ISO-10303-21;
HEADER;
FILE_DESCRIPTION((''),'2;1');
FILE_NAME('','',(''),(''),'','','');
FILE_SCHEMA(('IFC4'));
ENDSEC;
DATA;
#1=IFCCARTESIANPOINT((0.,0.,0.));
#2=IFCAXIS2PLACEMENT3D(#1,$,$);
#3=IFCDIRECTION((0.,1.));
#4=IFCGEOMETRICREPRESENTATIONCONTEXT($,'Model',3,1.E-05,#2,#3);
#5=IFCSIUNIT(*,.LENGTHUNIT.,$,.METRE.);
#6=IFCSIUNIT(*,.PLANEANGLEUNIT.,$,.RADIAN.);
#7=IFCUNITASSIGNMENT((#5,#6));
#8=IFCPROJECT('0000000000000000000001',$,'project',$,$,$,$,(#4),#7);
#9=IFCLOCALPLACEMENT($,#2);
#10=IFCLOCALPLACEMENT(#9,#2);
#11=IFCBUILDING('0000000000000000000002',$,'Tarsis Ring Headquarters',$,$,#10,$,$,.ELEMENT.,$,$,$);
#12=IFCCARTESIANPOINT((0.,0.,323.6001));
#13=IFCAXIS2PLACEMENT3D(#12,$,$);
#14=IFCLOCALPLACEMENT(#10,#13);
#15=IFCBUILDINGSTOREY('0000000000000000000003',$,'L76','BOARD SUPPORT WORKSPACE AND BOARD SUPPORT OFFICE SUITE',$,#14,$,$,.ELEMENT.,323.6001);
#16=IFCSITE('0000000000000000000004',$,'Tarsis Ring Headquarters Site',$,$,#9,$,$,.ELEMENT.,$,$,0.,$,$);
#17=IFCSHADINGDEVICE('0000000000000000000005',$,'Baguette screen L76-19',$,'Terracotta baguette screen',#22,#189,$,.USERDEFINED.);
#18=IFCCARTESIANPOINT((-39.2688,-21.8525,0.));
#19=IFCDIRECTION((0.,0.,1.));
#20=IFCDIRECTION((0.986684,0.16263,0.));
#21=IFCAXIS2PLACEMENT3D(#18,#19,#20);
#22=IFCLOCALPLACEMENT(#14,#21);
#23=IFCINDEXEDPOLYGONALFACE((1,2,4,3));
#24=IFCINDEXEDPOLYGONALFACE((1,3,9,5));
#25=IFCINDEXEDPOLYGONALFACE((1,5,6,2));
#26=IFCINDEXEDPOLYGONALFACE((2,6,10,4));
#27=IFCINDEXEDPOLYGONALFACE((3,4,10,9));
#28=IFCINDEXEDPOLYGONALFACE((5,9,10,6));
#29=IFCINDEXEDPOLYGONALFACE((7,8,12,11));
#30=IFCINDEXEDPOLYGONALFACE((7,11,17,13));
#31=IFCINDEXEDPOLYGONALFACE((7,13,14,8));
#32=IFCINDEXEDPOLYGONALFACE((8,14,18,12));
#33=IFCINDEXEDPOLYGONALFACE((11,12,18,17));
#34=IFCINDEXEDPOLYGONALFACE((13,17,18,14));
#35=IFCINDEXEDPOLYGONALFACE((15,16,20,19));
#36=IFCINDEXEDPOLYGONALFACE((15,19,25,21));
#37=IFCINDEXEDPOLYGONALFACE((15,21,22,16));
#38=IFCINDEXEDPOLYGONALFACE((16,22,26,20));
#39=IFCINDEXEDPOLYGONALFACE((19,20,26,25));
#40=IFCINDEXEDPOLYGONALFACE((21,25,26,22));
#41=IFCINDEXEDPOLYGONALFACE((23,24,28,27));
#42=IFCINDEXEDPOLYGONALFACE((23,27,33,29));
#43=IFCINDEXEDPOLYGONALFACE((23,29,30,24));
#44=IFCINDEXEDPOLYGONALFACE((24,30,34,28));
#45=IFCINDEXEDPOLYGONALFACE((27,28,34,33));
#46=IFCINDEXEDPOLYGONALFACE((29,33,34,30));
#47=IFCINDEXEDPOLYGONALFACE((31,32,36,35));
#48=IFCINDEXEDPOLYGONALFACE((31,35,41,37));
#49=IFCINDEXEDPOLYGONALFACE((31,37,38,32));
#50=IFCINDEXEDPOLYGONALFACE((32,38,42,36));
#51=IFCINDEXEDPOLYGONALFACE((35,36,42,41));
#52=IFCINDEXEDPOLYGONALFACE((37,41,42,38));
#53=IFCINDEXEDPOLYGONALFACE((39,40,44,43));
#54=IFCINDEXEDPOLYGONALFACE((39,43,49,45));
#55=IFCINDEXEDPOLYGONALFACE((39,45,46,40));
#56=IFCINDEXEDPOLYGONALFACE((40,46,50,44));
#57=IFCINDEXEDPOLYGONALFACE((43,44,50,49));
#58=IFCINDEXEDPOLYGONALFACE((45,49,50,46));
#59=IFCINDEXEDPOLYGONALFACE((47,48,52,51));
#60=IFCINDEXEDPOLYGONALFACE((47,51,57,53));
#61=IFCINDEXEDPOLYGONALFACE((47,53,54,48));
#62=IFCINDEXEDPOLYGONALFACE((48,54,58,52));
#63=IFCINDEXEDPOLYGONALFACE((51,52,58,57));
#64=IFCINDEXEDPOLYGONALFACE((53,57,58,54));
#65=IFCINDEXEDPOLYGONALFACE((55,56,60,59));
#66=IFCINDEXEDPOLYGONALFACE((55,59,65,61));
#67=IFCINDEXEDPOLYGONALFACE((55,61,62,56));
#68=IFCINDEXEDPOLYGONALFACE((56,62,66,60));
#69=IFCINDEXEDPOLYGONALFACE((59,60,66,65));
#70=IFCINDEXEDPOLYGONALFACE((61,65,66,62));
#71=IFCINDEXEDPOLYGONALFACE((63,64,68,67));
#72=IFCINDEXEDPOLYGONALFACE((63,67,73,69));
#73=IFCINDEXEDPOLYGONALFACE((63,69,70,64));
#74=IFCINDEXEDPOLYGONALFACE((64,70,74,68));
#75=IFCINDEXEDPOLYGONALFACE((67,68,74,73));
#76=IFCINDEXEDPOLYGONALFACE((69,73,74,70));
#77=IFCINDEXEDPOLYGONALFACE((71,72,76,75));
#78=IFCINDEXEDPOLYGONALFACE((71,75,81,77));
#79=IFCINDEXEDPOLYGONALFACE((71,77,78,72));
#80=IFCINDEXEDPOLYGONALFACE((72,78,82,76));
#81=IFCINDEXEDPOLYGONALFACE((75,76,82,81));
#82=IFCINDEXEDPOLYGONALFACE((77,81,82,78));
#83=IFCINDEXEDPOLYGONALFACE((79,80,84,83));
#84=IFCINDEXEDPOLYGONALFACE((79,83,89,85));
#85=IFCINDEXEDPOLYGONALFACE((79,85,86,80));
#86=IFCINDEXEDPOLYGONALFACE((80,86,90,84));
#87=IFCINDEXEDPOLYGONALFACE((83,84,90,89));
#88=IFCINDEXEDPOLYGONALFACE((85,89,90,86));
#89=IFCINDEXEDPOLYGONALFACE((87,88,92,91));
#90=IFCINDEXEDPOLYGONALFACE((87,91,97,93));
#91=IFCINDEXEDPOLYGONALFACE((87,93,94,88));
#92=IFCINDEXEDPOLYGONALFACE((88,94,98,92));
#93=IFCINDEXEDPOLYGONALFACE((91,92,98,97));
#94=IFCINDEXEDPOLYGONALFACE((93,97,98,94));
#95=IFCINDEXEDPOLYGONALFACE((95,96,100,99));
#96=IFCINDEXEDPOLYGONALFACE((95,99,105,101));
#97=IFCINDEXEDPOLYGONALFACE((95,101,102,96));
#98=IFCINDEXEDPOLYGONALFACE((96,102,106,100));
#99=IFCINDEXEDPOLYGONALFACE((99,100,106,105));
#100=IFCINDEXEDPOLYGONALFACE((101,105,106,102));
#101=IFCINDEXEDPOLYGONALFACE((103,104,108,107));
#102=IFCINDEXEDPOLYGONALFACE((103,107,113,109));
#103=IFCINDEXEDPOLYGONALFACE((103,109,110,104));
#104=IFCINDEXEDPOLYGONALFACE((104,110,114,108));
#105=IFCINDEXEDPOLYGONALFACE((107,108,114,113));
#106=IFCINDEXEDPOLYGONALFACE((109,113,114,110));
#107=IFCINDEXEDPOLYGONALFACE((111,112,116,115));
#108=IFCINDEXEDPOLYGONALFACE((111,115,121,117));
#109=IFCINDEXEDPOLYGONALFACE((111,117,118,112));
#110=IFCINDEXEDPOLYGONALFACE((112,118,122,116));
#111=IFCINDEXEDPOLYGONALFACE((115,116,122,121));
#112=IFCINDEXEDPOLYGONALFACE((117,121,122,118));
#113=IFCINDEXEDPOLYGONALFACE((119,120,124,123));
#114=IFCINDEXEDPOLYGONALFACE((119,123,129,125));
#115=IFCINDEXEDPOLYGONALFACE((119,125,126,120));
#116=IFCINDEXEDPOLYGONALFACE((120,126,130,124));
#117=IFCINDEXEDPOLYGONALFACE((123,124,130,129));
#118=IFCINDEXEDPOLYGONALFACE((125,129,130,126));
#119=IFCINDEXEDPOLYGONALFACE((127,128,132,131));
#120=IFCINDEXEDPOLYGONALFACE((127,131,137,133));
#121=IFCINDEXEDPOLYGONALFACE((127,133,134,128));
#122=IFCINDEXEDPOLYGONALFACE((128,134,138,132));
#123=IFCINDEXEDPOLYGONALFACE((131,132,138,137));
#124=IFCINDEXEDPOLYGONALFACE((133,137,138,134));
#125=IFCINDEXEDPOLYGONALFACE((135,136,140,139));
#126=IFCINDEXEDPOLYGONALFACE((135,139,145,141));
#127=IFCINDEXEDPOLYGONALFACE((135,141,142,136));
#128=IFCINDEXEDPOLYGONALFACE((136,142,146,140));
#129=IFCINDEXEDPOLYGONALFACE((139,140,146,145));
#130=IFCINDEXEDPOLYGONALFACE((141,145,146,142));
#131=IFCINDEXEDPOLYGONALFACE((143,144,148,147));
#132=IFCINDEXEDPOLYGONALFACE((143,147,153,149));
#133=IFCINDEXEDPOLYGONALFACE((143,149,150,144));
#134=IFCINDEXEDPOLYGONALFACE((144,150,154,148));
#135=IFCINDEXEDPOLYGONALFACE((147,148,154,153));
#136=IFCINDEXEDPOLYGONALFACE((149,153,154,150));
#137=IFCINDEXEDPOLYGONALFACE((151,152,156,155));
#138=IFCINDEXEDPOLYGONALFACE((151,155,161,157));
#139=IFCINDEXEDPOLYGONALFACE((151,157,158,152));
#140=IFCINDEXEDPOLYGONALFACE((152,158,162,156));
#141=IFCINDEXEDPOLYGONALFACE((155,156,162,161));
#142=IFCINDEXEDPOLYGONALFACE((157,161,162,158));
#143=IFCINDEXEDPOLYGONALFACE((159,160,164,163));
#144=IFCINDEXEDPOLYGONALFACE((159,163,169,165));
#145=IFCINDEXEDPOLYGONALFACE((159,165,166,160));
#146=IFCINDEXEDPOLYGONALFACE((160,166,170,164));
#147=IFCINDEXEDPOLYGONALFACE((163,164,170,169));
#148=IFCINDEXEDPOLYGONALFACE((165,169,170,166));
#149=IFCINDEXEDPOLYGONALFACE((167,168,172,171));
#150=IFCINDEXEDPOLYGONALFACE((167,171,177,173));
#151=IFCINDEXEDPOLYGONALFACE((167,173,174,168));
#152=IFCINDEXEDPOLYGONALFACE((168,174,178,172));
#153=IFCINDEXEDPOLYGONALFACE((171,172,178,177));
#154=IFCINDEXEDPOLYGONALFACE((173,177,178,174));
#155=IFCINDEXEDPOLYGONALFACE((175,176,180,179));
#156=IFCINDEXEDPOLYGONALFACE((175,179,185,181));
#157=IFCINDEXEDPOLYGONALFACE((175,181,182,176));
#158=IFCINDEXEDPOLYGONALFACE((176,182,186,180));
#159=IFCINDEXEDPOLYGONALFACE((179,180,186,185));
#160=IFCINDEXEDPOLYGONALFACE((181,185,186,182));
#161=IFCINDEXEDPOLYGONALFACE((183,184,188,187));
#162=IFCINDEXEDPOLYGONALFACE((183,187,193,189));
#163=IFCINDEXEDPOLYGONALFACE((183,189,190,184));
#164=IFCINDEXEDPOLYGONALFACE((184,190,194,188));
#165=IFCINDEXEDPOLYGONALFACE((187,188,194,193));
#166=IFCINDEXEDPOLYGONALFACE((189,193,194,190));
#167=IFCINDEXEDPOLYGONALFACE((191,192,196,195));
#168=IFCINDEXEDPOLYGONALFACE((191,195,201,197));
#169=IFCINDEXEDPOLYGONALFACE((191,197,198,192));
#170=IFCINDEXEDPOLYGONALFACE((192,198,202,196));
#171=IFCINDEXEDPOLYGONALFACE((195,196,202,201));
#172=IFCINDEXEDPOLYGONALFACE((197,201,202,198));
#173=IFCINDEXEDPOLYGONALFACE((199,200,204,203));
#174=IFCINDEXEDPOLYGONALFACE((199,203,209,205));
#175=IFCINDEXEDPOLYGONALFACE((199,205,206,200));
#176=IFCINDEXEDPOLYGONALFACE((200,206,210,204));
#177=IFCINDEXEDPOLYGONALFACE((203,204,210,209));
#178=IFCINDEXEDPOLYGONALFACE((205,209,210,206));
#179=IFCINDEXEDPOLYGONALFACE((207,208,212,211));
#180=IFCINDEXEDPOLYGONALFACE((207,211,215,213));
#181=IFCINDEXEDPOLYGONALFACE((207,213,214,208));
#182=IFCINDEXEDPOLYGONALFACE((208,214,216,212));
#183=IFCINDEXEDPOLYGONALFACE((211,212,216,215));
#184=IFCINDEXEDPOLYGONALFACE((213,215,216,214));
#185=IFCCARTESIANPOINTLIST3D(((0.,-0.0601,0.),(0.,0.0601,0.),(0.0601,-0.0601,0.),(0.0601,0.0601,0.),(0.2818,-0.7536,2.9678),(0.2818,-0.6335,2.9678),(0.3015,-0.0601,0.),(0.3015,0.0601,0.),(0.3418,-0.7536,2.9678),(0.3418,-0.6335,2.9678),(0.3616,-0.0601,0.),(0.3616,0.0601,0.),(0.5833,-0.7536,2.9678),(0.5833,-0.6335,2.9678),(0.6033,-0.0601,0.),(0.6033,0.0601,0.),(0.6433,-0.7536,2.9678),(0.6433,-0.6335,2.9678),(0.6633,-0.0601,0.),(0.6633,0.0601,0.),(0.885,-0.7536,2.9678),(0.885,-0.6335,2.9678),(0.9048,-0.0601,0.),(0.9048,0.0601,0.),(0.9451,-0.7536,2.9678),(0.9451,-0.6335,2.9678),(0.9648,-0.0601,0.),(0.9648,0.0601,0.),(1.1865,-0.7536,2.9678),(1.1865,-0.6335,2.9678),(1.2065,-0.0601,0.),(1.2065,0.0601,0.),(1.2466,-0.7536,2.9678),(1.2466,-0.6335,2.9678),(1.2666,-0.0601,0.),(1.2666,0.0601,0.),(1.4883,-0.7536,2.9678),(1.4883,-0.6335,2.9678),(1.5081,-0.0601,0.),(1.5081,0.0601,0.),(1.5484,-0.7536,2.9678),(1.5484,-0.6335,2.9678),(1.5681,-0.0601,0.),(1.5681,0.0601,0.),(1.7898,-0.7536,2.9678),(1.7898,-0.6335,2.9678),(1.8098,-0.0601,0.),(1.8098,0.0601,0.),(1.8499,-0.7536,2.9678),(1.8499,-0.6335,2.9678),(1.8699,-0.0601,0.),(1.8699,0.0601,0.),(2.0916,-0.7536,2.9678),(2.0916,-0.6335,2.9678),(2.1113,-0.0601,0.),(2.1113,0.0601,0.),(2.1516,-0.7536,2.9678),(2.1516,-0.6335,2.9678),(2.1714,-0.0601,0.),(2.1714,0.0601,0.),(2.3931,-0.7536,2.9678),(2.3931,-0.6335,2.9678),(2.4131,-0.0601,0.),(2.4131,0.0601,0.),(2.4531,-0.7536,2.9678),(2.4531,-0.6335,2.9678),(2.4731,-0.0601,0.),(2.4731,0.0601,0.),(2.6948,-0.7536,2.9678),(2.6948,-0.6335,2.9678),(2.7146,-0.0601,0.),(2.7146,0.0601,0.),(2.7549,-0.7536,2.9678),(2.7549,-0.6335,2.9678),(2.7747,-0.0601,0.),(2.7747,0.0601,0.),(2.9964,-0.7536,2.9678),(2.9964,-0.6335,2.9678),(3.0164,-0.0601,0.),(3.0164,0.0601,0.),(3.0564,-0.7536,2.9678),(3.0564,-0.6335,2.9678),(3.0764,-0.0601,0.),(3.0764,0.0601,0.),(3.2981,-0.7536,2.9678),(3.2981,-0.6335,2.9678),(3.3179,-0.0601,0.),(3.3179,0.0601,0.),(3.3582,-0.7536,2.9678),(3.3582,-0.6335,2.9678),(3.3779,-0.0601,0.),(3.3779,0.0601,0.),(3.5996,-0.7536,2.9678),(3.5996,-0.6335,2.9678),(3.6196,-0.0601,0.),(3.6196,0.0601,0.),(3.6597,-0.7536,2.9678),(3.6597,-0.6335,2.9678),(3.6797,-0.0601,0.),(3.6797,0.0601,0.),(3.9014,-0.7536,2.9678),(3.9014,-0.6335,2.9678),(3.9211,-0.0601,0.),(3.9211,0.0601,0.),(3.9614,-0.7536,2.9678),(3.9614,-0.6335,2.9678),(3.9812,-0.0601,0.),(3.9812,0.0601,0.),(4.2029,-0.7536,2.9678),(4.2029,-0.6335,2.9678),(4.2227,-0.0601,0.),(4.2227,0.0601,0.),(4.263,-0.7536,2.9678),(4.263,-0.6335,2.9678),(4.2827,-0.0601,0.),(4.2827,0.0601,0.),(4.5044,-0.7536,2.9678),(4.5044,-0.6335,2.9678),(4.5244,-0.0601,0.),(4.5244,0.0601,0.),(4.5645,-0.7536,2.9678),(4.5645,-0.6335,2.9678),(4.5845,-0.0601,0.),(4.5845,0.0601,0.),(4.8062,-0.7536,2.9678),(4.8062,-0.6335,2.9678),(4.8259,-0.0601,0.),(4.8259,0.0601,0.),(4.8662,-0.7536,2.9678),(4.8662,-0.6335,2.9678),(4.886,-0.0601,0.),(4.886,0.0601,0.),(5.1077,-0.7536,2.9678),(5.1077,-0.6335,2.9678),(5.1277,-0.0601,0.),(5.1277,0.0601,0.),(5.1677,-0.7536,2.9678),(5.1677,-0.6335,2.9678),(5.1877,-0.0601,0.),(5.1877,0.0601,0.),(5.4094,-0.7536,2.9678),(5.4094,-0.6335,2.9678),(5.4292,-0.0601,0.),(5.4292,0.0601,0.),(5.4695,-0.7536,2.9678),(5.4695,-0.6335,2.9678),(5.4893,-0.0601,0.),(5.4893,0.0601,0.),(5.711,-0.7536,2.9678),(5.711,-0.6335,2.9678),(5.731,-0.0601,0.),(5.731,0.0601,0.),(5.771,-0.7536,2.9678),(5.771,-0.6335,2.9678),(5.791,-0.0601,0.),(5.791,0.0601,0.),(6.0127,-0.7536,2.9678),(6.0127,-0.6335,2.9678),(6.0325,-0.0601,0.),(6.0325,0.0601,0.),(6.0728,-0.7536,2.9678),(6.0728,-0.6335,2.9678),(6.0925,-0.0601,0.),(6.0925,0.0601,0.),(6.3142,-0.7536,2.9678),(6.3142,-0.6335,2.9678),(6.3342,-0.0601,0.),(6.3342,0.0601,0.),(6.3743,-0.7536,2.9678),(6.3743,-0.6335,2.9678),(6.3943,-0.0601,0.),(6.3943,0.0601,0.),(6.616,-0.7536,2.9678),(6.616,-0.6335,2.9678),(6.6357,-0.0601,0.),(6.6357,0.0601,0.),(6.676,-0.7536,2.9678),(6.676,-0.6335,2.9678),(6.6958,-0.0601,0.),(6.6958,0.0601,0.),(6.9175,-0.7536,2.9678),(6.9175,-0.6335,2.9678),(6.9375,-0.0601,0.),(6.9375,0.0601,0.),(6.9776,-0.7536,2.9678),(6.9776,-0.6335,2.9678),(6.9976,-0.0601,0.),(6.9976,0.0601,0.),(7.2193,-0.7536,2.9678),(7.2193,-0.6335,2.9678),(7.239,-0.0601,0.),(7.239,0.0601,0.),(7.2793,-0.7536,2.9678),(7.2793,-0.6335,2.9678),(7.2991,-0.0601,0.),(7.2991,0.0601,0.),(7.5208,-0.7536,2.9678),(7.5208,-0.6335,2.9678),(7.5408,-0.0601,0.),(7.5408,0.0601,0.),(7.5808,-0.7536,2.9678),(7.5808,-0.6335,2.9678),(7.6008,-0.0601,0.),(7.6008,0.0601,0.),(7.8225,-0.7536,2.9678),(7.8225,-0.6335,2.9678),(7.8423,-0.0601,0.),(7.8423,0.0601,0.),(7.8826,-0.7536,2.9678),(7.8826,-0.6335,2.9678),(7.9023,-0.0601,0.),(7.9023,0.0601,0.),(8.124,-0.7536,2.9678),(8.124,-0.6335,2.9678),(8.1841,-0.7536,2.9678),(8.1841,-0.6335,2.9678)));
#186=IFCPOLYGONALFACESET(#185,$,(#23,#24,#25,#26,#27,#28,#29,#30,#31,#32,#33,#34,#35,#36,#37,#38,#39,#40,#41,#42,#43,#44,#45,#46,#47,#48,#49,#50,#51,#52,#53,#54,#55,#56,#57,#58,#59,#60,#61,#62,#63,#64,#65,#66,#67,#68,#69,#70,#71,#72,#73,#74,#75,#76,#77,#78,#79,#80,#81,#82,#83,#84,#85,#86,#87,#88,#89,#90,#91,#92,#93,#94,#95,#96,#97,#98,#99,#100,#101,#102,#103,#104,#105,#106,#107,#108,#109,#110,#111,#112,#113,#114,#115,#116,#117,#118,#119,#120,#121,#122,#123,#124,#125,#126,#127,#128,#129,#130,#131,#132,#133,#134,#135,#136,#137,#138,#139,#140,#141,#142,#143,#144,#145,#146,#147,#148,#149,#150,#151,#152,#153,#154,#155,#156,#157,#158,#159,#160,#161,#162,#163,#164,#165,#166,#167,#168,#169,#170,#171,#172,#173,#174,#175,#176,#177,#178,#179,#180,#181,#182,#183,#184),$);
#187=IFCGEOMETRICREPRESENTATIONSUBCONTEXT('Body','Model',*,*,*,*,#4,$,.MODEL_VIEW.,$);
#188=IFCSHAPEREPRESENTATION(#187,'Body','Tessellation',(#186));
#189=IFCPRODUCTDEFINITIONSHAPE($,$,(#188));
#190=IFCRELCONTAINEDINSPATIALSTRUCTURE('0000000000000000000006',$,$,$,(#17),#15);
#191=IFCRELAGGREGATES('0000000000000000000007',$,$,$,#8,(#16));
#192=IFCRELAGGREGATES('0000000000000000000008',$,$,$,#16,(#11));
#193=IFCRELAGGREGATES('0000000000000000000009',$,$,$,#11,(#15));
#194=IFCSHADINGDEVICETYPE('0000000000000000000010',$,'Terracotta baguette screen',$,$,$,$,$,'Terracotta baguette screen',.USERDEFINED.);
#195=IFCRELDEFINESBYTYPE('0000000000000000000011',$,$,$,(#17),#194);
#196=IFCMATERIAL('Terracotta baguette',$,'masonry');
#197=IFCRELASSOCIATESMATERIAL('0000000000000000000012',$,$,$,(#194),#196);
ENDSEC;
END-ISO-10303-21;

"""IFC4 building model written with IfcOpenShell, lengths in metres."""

from ifc_helpers import new_model, si_unit, direction, frame, frame_2d, origin, place, context, subcontext, project, spatial, rectangle, composite_profile, extrude, material, type_object, element, save


model = new_model("IFC4")

# Units and contexts
model_context = context("Model", 3, precision=1e-05, world=origin(), true_north=direction((0.0, 1.0)))
body_context = subcontext(model_context, "Body", "Model", "MODEL_VIEW")
ifc_project = project(units=[si_unit("LENGTHUNIT", "METRE"), si_unit("PLANEANGLEUNIT", "RADIAN")], contexts=[model_context])

# Site, building, storey
site_placement = place(None, origin())
site = spatial("IfcSite", under=ifc_project, at=site_placement, Name="Tarsis Ring Headquarters Site", CompositionType="ELEMENT", RefElevation=0.0)
building_placement = place(site_placement, origin())
building = spatial("IfcBuilding", under=site, at=building_placement, Name="Tarsis Ring Headquarters", CompositionType="ELEMENT")
storey_placement = place(building_placement, frame((0.0, 0.0, 323.6001)))
storey = spatial("IfcBuildingStorey", under=building, at=storey_placement, Name="L76", Description="BOARD SUPPORT WORKSPACE AND BOARD SUPPORT OFFICE SUITE", CompositionType="ELEMENT", Elevation=323.6001)

# Shading device
ifc_material_1 = material(Name="Terracotta baguette", Category="masonry")
shading_device_type_1 = type_object("IfcShadingDeviceType", Name="Terracotta baguette screen", ElementType="Terracotta baguette screen", PredefinedType="USERDEFINED", material=ifc_material_1)
shading_device_1_placement = place(storey_placement, frame((-39.2688, -21.8525, 0.0), z_axis=(0.0, 0.0, 1.0), x_axis=(0.986684, 0.16263, 0.0)))
element("IfcShadingDevice", 1, at=shading_device_1_placement, inside=storey, type_object=shading_device_type_1, Name="Baguette screen L76-19", ObjectType="Terracotta baguette screen", PredefinedType="USERDEFINED", context=body_context, shape_type="SweptSolid", body=[
    extrude(composite_profile([rectangle(XDim=0.0601, YDim=0.1201, at=frame_2d((0.03, 0.0))), rectangle(XDim=0.0601, YDim=0.1201, at=frame_2d((0.3315, 0.0))), rectangle(XDim=0.0601, YDim=0.1201, at=frame_2d((0.6333, 0.0))), rectangle(XDim=0.0601, YDim=0.1201, at=frame_2d((0.9348, 0.0))), rectangle(XDim=0.0601, YDim=0.1201, at=frame_2d((1.2366, 0.0))), rectangle(XDim=0.0601, YDim=0.1201, at=frame_2d((1.5381, 0.0))), rectangle(XDim=0.0601, YDim=0.1201, at=frame_2d((1.8398, 0.0))), rectangle(XDim=0.0601, YDim=0.1201, at=frame_2d((2.1414, 0.0))), rectangle(XDim=0.0601, YDim=0.1201, at=frame_2d((2.4431, 0.0))), rectangle(XDim=0.0601, YDim=0.1201, at=frame_2d((2.7446, 0.0))), rectangle(XDim=0.0601, YDim=0.1201, at=frame_2d((3.0464, 0.0))), rectangle(XDim=0.0601, YDim=0.1201, at=frame_2d((3.3479, 0.0))), rectangle(XDim=0.0601, YDim=0.1201, at=frame_2d((3.6497, 0.0))), rectangle(XDim=0.0601, YDim=0.1201, at=frame_2d((3.9512, 0.0))), rectangle(XDim=0.0601, YDim=0.1201, at=frame_2d((4.2527, 0.0))), rectangle(XDim=0.0601, YDim=0.1201, at=frame_2d((4.5544, 0.0))), rectangle(XDim=0.0601, YDim=0.1201, at=frame_2d((4.856, 0.0))), rectangle(XDim=0.0601, YDim=0.1201, at=frame_2d((5.1577, 0.0))), rectangle(XDim=0.0601, YDim=0.1201, at=frame_2d((5.4592, 0.0))), rectangle(XDim=0.0601, YDim=0.1201, at=frame_2d((5.761, 0.0))), rectangle(XDim=0.0601, YDim=0.1201, at=frame_2d((6.0625, 0.0))), rectangle(XDim=0.0601, YDim=0.1201, at=frame_2d((6.3643, 0.0))), rectangle(XDim=0.0601, YDim=0.1201, at=frame_2d((6.6658, 0.0))), rectangle(XDim=0.0601, YDim=0.1201, at=frame_2d((6.9675, 0.0))), rectangle(XDim=0.0601, YDim=0.1201, at=frame_2d((7.269, 0.0))), rectangle(XDim=0.0601, YDim=0.1201, at=frame_2d((7.5708, 0.0))), rectangle(XDim=0.0601, YDim=0.1201, at=frame_2d((7.8723, 0.0)))]), origin(), (0.092055, -0.226595, 0.969629), 3.0608),
])

save(model, "model.ifc")
